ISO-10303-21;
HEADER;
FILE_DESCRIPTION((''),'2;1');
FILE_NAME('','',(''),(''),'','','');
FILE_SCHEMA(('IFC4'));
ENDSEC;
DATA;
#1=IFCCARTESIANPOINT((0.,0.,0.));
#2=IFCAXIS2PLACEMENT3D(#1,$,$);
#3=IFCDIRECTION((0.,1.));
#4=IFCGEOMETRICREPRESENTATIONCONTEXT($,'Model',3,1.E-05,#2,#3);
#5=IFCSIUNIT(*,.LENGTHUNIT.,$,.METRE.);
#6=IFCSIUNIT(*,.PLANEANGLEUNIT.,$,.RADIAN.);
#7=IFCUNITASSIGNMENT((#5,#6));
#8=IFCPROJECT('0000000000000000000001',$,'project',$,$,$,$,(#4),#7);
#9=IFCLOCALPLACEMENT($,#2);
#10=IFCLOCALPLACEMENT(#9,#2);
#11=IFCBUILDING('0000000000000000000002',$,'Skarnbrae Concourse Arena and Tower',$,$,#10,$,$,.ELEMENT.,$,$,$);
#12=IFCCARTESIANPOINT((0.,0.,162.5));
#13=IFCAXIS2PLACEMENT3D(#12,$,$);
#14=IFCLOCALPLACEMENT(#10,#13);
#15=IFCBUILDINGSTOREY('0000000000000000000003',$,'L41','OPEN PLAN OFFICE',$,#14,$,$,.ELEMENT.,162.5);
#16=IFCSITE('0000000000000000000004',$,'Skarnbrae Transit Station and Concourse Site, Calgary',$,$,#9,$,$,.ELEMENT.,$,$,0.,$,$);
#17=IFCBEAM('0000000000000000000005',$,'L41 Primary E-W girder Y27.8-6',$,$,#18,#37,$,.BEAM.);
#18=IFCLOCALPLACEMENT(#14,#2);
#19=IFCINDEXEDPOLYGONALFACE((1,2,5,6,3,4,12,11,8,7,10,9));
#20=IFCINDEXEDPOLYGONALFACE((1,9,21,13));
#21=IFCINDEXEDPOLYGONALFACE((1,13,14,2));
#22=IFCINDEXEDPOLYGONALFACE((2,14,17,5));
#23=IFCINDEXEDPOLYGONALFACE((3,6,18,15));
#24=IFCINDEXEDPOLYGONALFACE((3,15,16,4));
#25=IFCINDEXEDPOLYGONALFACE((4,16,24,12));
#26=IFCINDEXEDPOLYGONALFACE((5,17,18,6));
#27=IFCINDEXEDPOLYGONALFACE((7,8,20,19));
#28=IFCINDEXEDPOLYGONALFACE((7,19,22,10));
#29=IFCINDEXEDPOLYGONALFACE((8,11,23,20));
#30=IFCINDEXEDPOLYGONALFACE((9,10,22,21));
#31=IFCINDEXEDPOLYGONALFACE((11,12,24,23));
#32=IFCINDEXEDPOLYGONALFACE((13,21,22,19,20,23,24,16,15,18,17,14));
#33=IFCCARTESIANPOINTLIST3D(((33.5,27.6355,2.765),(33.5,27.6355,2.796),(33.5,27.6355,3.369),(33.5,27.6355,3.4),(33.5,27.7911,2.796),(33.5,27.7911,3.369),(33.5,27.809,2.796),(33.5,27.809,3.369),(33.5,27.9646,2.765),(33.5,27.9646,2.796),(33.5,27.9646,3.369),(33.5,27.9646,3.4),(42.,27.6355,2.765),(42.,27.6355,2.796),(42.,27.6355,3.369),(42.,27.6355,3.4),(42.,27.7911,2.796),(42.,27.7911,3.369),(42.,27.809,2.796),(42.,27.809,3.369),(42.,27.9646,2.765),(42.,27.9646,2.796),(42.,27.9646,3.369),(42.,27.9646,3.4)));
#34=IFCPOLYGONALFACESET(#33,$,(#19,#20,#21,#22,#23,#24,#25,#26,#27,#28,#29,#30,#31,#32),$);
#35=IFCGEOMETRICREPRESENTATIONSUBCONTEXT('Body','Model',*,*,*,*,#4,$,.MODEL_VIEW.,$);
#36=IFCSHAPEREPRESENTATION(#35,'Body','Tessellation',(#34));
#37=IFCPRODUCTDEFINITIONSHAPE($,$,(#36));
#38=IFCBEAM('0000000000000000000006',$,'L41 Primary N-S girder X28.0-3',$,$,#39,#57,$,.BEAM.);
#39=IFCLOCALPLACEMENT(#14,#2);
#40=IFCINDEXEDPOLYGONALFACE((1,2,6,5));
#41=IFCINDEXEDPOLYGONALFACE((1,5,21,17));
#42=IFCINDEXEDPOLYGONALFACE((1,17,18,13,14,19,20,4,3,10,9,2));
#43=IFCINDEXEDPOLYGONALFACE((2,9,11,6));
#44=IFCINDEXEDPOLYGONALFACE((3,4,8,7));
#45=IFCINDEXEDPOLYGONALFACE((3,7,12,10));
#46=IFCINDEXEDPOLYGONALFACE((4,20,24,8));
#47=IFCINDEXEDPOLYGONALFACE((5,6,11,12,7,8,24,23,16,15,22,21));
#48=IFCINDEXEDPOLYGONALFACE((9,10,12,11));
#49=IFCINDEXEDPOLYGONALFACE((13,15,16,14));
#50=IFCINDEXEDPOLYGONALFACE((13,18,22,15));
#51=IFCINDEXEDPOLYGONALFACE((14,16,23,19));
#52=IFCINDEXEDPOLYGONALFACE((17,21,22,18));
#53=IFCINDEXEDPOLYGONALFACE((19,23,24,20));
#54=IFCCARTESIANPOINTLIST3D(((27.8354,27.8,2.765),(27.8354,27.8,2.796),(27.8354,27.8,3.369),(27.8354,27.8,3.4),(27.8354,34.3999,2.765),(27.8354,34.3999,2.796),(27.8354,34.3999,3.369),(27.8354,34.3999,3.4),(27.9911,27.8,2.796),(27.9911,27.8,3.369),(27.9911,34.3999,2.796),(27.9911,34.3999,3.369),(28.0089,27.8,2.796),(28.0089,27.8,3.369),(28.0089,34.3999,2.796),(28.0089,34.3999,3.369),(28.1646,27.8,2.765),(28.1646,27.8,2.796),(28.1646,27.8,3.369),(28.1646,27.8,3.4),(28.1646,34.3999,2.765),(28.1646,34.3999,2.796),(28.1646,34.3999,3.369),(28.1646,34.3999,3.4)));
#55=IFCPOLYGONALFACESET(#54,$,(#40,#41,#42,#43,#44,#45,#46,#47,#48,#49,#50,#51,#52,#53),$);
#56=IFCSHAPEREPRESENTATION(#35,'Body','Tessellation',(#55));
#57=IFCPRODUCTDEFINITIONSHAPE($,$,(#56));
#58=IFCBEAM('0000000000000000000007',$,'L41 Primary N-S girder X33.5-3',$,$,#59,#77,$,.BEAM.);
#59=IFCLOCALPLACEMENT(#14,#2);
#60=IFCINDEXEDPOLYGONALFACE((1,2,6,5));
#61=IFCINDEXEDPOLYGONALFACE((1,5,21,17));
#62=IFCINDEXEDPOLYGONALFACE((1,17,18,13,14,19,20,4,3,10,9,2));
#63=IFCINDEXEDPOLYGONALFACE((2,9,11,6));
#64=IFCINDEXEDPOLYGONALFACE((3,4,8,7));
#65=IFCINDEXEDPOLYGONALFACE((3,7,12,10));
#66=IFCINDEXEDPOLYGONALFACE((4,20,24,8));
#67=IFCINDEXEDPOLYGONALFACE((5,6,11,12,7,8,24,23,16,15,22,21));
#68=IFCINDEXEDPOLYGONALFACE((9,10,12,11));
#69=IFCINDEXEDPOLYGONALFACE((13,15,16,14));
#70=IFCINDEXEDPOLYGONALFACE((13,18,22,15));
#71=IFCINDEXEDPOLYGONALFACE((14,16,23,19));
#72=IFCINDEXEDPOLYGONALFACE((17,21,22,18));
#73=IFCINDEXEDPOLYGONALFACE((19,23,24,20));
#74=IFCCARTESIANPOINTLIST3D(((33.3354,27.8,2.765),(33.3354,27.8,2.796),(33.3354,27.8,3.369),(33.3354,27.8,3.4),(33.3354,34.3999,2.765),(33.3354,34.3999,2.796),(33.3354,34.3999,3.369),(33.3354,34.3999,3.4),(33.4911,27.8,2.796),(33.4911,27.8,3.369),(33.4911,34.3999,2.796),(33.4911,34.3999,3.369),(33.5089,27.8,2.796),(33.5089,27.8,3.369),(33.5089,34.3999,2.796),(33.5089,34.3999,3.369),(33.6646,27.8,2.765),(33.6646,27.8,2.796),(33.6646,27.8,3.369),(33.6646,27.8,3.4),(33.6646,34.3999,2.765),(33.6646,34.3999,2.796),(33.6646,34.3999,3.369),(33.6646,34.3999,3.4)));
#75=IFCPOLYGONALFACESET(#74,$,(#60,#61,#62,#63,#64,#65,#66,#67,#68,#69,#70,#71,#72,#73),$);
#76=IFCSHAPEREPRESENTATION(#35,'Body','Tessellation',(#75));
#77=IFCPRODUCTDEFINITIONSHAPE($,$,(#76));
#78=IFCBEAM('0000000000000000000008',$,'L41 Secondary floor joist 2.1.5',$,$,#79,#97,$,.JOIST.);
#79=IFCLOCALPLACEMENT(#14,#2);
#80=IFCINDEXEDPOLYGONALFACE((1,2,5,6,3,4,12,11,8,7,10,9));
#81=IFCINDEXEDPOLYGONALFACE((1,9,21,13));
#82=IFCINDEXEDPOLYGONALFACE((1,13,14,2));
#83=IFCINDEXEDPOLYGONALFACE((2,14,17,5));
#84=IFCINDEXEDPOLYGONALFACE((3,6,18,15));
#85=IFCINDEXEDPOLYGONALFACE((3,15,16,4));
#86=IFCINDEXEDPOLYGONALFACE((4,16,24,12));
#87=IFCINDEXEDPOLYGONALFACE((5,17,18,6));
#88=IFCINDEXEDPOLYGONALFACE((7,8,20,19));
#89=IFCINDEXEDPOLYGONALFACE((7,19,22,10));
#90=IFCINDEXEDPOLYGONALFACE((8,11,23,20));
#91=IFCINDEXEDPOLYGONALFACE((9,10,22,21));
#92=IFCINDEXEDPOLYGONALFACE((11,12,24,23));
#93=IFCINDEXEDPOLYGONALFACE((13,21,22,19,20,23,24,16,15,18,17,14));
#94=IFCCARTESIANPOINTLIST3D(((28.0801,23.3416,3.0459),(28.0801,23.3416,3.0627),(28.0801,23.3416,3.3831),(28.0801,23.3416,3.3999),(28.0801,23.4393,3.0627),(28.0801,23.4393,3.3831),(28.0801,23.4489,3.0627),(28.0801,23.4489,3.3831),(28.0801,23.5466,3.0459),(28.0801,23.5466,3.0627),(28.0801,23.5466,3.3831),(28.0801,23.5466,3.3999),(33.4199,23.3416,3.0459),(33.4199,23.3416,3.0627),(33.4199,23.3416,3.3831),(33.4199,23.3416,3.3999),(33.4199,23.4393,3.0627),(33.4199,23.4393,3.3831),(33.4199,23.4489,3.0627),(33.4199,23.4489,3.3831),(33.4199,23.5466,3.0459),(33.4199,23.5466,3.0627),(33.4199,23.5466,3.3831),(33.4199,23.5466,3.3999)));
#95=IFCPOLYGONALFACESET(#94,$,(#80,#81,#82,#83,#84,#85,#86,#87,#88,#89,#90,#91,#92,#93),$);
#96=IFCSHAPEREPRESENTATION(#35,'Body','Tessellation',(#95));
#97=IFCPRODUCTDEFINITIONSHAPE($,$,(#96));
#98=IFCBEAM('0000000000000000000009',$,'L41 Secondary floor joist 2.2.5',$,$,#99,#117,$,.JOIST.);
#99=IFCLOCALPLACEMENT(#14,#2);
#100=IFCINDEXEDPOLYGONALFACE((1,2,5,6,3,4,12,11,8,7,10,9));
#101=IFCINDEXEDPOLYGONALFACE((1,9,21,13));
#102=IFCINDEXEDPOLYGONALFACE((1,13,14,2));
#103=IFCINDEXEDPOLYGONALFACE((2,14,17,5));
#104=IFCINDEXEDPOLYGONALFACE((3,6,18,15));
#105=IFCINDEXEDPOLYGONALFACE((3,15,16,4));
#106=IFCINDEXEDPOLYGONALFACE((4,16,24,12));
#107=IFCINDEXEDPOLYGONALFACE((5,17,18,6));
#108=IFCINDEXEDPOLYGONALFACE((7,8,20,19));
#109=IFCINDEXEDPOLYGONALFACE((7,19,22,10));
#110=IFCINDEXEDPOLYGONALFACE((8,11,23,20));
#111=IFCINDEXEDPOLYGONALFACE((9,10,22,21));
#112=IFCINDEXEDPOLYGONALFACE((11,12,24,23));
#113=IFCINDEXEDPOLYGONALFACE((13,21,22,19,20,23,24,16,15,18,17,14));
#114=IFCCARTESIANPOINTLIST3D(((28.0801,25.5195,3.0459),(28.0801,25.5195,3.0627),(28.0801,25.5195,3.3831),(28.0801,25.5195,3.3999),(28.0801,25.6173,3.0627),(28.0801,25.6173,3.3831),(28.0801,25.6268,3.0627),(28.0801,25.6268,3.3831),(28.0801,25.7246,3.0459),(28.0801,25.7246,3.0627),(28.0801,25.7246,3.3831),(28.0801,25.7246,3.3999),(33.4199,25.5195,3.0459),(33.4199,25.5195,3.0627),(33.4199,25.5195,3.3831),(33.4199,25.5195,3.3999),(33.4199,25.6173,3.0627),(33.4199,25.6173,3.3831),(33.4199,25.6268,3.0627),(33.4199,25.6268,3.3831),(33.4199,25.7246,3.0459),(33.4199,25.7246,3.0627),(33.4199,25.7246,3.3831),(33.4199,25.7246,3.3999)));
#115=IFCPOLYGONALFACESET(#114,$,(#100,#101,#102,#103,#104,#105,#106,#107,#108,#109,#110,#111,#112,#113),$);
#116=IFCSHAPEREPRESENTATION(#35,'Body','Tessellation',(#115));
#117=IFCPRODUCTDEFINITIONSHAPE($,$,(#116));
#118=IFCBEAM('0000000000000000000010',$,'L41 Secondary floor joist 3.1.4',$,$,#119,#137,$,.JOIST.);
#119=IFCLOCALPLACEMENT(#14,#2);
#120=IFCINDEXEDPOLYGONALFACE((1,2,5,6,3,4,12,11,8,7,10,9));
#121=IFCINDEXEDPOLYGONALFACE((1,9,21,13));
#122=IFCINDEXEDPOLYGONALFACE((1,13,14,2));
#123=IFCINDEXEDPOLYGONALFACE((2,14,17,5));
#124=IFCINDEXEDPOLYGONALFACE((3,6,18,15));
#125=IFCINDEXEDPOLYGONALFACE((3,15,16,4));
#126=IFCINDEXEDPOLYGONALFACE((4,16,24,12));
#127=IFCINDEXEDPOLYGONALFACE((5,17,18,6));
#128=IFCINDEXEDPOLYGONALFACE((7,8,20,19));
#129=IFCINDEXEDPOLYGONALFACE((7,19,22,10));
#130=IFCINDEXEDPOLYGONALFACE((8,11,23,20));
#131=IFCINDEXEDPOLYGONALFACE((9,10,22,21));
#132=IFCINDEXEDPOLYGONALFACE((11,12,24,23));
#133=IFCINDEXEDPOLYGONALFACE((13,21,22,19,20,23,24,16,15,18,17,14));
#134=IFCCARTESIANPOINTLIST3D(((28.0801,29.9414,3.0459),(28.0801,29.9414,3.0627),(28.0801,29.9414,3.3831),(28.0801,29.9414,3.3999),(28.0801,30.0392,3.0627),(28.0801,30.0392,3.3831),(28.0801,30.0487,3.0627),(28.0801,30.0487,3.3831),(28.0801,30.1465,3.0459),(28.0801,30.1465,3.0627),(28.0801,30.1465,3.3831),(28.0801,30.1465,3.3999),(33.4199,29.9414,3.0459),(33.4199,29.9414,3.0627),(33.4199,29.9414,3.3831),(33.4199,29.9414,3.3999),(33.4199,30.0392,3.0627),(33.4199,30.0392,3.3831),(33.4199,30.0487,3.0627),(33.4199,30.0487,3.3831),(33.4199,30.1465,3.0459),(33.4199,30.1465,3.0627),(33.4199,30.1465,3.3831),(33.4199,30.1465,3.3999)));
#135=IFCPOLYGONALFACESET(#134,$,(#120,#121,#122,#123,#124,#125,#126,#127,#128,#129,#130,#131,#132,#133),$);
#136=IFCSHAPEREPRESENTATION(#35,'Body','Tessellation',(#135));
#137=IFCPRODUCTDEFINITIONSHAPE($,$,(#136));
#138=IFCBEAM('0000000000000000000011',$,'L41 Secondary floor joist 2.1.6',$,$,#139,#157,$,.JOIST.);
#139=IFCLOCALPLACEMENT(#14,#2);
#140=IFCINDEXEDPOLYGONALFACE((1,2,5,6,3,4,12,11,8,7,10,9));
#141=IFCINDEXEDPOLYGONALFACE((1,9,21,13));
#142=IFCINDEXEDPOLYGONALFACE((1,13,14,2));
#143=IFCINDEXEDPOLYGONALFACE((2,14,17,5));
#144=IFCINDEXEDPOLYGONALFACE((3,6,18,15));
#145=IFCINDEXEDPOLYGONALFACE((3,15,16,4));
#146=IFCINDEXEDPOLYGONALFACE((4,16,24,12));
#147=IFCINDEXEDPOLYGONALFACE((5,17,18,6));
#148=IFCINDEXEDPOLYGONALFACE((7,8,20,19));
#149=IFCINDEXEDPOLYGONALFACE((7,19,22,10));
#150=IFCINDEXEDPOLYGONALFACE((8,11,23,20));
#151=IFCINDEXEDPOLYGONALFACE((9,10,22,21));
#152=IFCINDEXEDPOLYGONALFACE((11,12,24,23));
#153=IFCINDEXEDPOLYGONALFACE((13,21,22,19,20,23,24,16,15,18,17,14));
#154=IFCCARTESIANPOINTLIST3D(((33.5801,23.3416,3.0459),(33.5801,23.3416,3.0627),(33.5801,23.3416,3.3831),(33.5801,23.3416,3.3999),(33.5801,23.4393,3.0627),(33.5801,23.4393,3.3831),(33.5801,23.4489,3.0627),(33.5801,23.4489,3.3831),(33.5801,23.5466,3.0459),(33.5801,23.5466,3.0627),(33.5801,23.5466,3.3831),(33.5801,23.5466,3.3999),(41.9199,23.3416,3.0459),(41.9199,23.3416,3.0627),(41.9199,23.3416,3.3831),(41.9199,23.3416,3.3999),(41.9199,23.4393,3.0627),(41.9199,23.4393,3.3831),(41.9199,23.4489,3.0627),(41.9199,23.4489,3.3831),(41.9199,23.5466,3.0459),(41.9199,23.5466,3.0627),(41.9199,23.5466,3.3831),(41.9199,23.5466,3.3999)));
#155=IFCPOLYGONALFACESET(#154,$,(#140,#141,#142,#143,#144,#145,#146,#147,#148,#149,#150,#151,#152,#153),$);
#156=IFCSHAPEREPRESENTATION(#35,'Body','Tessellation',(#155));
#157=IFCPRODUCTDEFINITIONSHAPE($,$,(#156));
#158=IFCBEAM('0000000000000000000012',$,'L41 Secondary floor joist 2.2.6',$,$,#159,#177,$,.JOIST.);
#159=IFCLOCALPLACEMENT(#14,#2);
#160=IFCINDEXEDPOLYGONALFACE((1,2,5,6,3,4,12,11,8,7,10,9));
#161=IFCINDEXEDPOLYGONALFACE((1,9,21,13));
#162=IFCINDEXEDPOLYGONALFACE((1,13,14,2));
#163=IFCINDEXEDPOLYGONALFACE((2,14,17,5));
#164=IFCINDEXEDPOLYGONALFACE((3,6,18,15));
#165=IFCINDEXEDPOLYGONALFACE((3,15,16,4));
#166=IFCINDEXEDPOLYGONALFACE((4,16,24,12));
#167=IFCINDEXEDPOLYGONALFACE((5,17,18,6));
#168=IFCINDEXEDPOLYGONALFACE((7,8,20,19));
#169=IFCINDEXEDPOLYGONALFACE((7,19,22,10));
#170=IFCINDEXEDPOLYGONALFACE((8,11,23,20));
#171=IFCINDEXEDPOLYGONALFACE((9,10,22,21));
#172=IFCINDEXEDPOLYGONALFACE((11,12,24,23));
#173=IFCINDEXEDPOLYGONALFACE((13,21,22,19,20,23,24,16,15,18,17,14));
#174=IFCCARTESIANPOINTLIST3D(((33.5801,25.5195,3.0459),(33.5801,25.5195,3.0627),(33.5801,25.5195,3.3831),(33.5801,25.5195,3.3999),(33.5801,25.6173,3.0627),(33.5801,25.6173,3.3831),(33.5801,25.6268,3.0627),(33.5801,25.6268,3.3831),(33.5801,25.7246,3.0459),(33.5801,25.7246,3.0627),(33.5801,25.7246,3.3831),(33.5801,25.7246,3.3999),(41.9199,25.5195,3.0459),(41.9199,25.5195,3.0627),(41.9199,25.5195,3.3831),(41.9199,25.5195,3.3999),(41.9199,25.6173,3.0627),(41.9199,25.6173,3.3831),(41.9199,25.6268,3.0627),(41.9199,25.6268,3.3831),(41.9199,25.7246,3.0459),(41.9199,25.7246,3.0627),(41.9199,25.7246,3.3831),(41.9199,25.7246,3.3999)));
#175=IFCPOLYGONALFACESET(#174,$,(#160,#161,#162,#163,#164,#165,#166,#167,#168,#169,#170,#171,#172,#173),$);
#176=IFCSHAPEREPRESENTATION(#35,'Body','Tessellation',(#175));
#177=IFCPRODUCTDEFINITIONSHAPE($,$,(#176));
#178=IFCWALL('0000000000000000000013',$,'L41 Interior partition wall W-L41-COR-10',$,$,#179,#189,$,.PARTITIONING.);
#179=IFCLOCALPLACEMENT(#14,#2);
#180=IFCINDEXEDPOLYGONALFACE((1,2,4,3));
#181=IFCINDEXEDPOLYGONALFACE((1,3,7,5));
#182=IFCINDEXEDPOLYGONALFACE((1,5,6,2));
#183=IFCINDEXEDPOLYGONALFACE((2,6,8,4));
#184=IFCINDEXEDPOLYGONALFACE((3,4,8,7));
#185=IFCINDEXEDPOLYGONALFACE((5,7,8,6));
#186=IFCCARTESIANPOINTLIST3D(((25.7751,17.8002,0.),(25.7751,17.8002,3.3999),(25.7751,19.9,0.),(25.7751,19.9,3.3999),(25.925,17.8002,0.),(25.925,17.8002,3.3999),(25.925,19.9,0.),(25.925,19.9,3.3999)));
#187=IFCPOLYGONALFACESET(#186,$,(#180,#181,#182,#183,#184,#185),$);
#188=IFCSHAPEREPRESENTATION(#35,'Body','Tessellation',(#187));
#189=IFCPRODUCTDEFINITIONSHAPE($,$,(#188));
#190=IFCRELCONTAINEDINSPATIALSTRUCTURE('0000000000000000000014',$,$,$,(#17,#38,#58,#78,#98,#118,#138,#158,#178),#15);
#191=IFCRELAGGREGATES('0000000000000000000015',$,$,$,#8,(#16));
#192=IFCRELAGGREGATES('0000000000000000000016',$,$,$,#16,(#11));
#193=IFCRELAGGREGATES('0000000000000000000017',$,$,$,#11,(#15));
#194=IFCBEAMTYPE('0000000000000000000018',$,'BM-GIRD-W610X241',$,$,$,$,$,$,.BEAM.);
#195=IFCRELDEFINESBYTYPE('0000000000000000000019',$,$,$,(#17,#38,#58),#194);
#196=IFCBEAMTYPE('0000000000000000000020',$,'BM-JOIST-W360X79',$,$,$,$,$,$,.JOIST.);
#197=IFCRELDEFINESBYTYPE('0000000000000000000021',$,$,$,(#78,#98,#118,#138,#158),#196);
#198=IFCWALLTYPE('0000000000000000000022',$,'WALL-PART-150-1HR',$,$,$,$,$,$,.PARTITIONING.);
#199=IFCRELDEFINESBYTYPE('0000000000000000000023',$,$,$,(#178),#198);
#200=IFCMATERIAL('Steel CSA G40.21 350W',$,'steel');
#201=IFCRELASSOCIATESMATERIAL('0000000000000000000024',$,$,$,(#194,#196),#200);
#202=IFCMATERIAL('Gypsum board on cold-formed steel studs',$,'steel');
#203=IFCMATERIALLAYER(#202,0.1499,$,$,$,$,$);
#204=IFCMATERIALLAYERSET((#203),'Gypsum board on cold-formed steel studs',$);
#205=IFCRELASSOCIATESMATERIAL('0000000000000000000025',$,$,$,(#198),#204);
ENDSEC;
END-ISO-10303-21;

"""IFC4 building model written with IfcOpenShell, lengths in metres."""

from ifc_helpers import new_model, si_unit, direction, frame, frame_2d, origin, origin_2d, place, context, subcontext, project, spatial, rectangle, i_section, extrude, source, transform, mapped, material, layer, layer_set, material_profile, profile_set, type_object, element, save


model = new_model("IFC4")

# Units and contexts
model_context = context("Model", 3, precision=1e-05, world=origin(), true_north=direction((0.0, 1.0)))
body_context = subcontext(model_context, "Body", "Model", "MODEL_VIEW")
ifc_project = project(units=[si_unit("LENGTHUNIT", "METRE"), si_unit("PLANEANGLEUNIT", "RADIAN")], contexts=[model_context])

# Site, building, storey
site_placement = place(None, origin())
site = spatial("IfcSite", under=ifc_project, at=site_placement, Name="Skarnbrae Transit Station and Concourse Site, Calgary", CompositionType="ELEMENT", RefElevation=0.0)
building_placement = place(site_placement, origin())
building = spatial("IfcBuilding", under=site, at=building_placement, Name="Skarnbrae Concourse Arena and Tower", CompositionType="ELEMENT")
storey_placement = place(building_placement, frame((0.0, 0.0, 162.5)))
storey = spatial("IfcBuildingStorey", under=building, at=storey_placement, Name="L41", Description="OPEN PLAN OFFICE", CompositionType="ELEMENT", Elevation=162.5)

# Shared definitions
ifc_material_1 = material(Name="Steel CSA G40.21 350W", Category="steel")

# Beams
ifc_material_profile_1 = material_profile(ifc_material_1, i_section(OverallWidth=0.3291, OverallDepth=0.635, WebThickness=0.0178, FlangeThickness=0.031, at=origin_2d()), Name="W610X241")
ifc_profile_set_1 = profile_set([ifc_material_profile_1], Name="Steel CSA G40.21 350W")
beam_type_1 = type_object("IfcBeamType", Name="BM-GIRD-W610X241", PredefinedType="BEAM", material=ifc_profile_set_1)
shared_shape_1 = source(origin(), body_context, "Body", "SweptSolid", [
    extrude(i_section(OverallWidth=0.3291, OverallDepth=0.635, WebThickness=0.0178, FlangeThickness=0.031, at=origin_2d()), origin(), (0.0, 0.0, 1.0), 8.5),
])
for number, where, z_axis, x_axis, name in (
    (1, (33.5, 27.8, 3.0825), (1.0, 0.0, 0.0), (0.0, 1.0, 0.0), "L41 Primary E-W girder Y27.8-6"),
):
    element("IfcBeam", number, at=place(storey_placement, frame(where, z_axis=z_axis, x_axis=x_axis)), inside=storey, type_object=beam_type_1, Name=name, PredefinedType="BEAM", context=body_context, shape_type="MappedRepresentation", body=[
        mapped(shared_shape_1, transform((0.0, 0.0, 0.0))),
    ])
shared_shape_2 = source(origin(), body_context, "Body", "SweptSolid", [
    extrude(i_section(OverallWidth=0.3291, OverallDepth=0.635, WebThickness=0.0178, FlangeThickness=0.031, at=origin_2d()), origin(), (0.0, 0.0, 1.0), 6.5999),
])
for number, where, z_axis, x_axis, name in (
    (2, (28.0, 27.8, 3.0825), (0.0, 1.0, 0.0), (-1.0, 0.0, 0.0), "L41 Primary N-S girder X28.0-3"),
    (3, (33.5, 27.8, 3.0825), (0.0, 1.0, 0.0), (-1.0, 0.0, 0.0), "L41 Primary N-S girder X33.5-3"),
):
    element("IfcBeam", number, at=place(storey_placement, frame(where, z_axis=z_axis, x_axis=x_axis)), inside=storey, type_object=beam_type_1, Name=name, PredefinedType="BEAM", context=body_context, shape_type="MappedRepresentation", body=[
        mapped(shared_shape_2, transform((0.0, 0.0, 0.0))),
    ])
ifc_material_profile_2 = material_profile(ifc_material_1, i_section(OverallWidth=0.2051, OverallDepth=0.354, WebThickness=0.0095, FlangeThickness=0.0168, at=origin_2d()), Name="W360X79")
ifc_profile_set_2 = profile_set([ifc_material_profile_2], Name="Steel CSA G40.21 350W")
beam_type_2 = type_object("IfcBeamType", Name="BM-JOIST-W360X79", PredefinedType="JOIST", material=ifc_profile_set_2)
shared_shape_3 = source(origin(), body_context, "Body", "SweptSolid", [
    extrude(i_section(OverallWidth=0.2051, OverallDepth=0.354, WebThickness=0.0095, FlangeThickness=0.0168, at=origin_2d()), origin(), (0.0, 0.0, 1.0), 5.3398),
])
for number, where, z_axis, x_axis, name in (
    (4, (28.0801, 23.4441, 3.2229), (1.0, 0.0, 0.0), (0.0, 1.0, 0.0), "L41 Secondary floor joist 2.1.5"),
    (5, (28.0801, 25.6221, 3.2229), (1.0, 0.0, 0.0), (0.0, 1.0, 0.0), "L41 Secondary floor joist 2.2.5"),
    (6, (28.0801, 30.0439, 3.2229), (1.0, 0.0, 0.0), (0.0, 1.0, 0.0), "L41 Secondary floor joist 3.1.4"),
):
    element("IfcBeam", number, at=place(storey_placement, frame(where, z_axis=z_axis, x_axis=x_axis)), inside=storey, type_object=beam_type_2, Name=name, PredefinedType="JOIST", context=body_context, shape_type="MappedRepresentation", body=[
        mapped(shared_shape_3, transform((0.0, 0.0, 0.0))),
    ])
shared_shape_4 = source(origin(), body_context, "Body", "SweptSolid", [
    extrude(i_section(OverallWidth=0.2051, OverallDepth=0.354, WebThickness=0.0095, FlangeThickness=0.0168, at=origin_2d()), origin(), (0.0, 0.0, 1.0), 8.3398),
])
for number, where, z_axis, x_axis, name in (
    (7, (33.5801, 23.4441, 3.2229), (1.0, 0.0, 0.0), (0.0, 1.0, 0.0), "L41 Secondary floor joist 2.1.6"),
    (8, (33.5801, 25.6221, 3.2229), (1.0, 0.0, 0.0), (0.0, 1.0, 0.0), "L41 Secondary floor joist 2.2.6"),
):
    element("IfcBeam", number, at=place(storey_placement, frame(where, z_axis=z_axis, x_axis=x_axis)), inside=storey, type_object=beam_type_2, Name=name, PredefinedType="JOIST", context=body_context, shape_type="MappedRepresentation", body=[
        mapped(shared_shape_4, transform((0.0, 0.0, 0.0))),
    ])

# Wall
ifc_material_2 = material(Name="Gypsum board on cold-formed steel studs", Category="steel")
ifc_layer = layer(ifc_material_2, 0.1499)
ifc_layer_set = layer_set([ifc_layer], Name="Gypsum board on cold-formed steel studs")
wall_type = type_object("IfcWallType", Name="WALL-PART-150-1HR", PredefinedType="PARTITIONING", material=ifc_layer_set)
shared_shape_5 = source(origin(), body_context, "Body", "SweptSolid", [
    extrude(rectangle(XDim=2.0999, YDim=0.1499, at=frame_2d((1.0498, 0.0))), origin(), (0.0, 0.0, 1.0), 3.3999),
])
wall_1_placement = place(storey_placement, frame((25.8501, 19.8999, 0.0), z_axis=(0.0, 0.0, 1.0), x_axis=(0.0, -1.0, 0.0)))
element("IfcWall", 9, at=wall_1_placement, inside=storey, type_object=wall_type, Name="L41 Interior partition wall W-L41-COR-10", PredefinedType="PARTITIONING", context=body_context, shape_type="MappedRepresentation", body=[
    mapped(shared_shape_5, transform((0.0, 0.0, 0.0))),
])

save(model, "model.ifc")
